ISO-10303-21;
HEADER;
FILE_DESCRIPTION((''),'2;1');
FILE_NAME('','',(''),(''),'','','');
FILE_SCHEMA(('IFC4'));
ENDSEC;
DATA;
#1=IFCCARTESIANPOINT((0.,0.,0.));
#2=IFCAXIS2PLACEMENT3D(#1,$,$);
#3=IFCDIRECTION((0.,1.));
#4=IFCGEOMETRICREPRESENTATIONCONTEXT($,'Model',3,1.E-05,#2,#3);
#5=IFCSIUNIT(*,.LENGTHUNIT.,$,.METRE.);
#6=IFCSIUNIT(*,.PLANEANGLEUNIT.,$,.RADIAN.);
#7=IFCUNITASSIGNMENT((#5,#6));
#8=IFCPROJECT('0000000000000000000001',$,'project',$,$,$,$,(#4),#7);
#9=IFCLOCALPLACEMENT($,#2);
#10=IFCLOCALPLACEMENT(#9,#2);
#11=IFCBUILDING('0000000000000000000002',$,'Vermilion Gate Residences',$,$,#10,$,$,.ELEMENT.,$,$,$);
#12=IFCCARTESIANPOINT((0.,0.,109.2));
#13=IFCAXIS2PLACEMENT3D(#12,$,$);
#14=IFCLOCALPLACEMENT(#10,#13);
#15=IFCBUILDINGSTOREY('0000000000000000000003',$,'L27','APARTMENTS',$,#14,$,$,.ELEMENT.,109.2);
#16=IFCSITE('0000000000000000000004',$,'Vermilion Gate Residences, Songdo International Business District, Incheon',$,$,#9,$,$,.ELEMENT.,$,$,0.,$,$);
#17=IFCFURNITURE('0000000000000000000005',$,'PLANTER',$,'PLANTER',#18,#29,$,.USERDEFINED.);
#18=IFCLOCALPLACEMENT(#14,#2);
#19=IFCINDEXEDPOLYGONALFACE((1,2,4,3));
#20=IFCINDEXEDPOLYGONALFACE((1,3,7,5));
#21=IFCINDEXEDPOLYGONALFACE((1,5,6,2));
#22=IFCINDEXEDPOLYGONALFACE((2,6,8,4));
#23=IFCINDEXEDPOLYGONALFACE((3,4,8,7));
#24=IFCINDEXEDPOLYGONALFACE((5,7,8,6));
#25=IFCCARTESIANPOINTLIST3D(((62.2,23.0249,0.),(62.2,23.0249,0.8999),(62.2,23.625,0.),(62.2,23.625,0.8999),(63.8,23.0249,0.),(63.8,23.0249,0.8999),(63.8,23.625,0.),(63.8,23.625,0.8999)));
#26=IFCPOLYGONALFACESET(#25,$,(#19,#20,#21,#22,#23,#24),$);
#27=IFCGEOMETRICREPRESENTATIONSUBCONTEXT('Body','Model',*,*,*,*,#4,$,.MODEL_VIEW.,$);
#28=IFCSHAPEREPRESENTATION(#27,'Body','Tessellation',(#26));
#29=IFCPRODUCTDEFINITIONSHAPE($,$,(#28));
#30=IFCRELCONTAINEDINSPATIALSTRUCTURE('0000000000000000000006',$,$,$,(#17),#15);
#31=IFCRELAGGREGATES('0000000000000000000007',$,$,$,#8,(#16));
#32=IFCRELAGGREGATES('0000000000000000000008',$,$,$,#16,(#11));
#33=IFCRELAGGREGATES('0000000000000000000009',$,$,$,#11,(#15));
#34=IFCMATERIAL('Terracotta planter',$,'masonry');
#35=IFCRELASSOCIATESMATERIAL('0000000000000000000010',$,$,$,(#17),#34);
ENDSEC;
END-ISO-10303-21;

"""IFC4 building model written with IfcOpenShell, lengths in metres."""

from ifc_helpers import new_model, si_unit, direction, frame, origin, origin_2d, place, context, subcontext, project, spatial, rectangle, extrude, material, element, save


model = new_model("IFC4")

# Units and contexts
model_context = context("Model", 3, precision=1e-05, world=origin(), true_north=direction((0.0, 1.0)))
body_context = subcontext(model_context, "Body", "Model", "MODEL_VIEW")
ifc_project = project(units=[si_unit("LENGTHUNIT", "METRE"), si_unit("PLANEANGLEUNIT", "RADIAN")], contexts=[model_context])

# Site, building, storey
site_placement = place(None, origin())
site = spatial("IfcSite", under=ifc_project, at=site_placement, Name="Vermilion Gate Residences, Songdo International Business District, Incheon", CompositionType="ELEMENT", RefElevation=0.0)
building_placement = place(site_placement, origin())
building = spatial("IfcBuilding", under=site, at=building_placement, Name="Vermilion Gate Residences", CompositionType="ELEMENT")
storey_placement = place(building_placement, frame((0.0, 0.0, 109.2)))
storey = spatial("IfcBuildingStorey", under=building, at=storey_placement, Name="L27", Description="APARTMENTS", CompositionType="ELEMENT", Elevation=109.2)

# Furniture
ifc_material_1 = material(Name="Terracotta planter", Category="masonry")
furniture_placement = place(storey_placement, frame((63.0, 23.325, 0.0), z_axis=(0.0, 0.0, 1.0), x_axis=(-1.0, 0.0, 0.0)))
element("IfcFurniture", 1, at=furniture_placement, inside=storey, material=ifc_material_1, Name="PLANTER", ObjectType="PLANTER", PredefinedType="USERDEFINED", context=body_context, shape_type="SweptSolid", body=[
    extrude(rectangle(XDim=1.6001, YDim=0.6001, at=origin_2d()), origin(), (0.0, 0.0, 1.0), 0.8999),
])

save(model, "model.ifc")
